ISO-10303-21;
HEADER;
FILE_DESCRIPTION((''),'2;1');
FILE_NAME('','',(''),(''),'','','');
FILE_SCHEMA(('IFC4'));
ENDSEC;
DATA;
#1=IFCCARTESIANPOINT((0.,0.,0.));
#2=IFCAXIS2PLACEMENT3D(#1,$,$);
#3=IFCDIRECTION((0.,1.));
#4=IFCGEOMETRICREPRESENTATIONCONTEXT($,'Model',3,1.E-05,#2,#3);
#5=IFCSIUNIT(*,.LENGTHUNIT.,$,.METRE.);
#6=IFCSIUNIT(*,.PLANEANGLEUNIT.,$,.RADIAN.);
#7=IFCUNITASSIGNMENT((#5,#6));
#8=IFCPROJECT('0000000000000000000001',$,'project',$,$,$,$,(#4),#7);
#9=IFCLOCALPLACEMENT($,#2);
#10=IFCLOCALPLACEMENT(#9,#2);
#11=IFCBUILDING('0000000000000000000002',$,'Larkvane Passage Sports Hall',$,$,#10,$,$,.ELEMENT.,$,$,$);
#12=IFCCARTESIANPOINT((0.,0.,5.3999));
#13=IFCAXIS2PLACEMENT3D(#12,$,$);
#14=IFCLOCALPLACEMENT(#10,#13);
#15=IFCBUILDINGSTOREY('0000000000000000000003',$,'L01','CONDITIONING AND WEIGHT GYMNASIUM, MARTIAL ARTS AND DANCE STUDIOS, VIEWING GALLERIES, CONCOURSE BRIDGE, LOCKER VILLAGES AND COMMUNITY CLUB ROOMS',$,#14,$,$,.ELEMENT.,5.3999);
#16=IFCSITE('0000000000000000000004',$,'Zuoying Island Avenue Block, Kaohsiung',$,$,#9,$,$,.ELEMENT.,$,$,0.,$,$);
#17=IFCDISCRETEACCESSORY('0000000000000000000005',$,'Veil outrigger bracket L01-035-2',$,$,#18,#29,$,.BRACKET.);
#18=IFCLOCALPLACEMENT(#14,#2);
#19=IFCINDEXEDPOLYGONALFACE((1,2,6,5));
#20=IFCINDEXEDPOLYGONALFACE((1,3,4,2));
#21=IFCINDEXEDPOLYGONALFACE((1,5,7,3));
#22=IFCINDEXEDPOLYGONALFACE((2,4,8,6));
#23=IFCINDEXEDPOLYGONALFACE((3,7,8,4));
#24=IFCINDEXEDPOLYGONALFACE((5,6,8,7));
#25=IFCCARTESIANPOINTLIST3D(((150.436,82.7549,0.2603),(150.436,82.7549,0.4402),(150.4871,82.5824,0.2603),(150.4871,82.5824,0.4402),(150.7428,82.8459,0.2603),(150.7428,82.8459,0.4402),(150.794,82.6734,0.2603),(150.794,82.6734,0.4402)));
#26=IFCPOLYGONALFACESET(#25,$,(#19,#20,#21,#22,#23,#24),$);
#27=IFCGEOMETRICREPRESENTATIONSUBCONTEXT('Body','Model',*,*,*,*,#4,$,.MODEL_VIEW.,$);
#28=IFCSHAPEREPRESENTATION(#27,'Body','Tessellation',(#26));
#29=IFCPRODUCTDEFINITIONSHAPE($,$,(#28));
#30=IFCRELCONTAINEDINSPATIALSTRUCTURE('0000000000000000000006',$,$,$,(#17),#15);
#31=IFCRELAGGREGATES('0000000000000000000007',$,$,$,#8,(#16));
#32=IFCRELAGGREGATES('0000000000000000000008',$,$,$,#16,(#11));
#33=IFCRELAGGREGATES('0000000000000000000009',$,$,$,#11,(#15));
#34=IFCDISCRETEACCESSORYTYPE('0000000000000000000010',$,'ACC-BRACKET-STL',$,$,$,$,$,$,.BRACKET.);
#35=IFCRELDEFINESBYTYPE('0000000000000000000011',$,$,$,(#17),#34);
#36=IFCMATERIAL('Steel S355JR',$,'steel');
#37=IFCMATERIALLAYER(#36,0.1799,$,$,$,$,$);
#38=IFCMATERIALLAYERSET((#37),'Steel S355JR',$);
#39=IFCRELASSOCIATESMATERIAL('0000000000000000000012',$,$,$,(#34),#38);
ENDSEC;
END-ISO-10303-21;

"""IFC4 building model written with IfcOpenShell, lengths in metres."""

from ifc_helpers import new_model, si_unit, direction, frame, origin, origin_2d, place, context, subcontext, project, spatial, rectangle, extrude, material, layer, layer_set, type_object, element, save


model = new_model("IFC4")

# Units and contexts
model_context = context("Model", 3, precision=1e-05, world=origin(), true_north=direction((0.0, 1.0)))
body_context = subcontext(model_context, "Body", "Model", "MODEL_VIEW")
ifc_project = project(units=[si_unit("LENGTHUNIT", "METRE"), si_unit("PLANEANGLEUNIT", "RADIAN")], contexts=[model_context])

# Site, building, storey
site_placement = place(None, origin())
site = spatial("IfcSite", under=ifc_project, at=site_placement, Name="Zuoying Island Avenue Block, Kaohsiung", CompositionType="ELEMENT", RefElevation=0.0)
building_placement = place(site_placement, origin())
building = spatial("IfcBuilding", under=site, at=building_placement, Name="Larkvane Passage Sports Hall", CompositionType="ELEMENT")
storey_placement = place(building_placement, frame((0.0, 0.0, 5.3999)))
storey = spatial("IfcBuildingStorey", under=building, at=storey_placement, Name="L01", Description="CONDITIONING AND WEIGHT GYMNASIUM, MARTIAL ARTS AND DANCE STUDIOS, VIEWING GALLERIES, CONCOURSE BRIDGE, LOCKER VILLAGES AND COMMUNITY CLUB ROOMS", CompositionType="ELEMENT", Elevation=5.3999)

# Discrete accessory
ifc_material_1 = material(Name="Steel S355JR", Category="steel")
ifc_layer_1 = layer(ifc_material_1, 0.1799)
ifc_layer_set_1 = layer_set([ifc_layer_1], Name="Steel S355JR")
discrete_accessory_type = type_object("IfcDiscreteAccessoryType", Name="ACC-BRACKET-STL", PredefinedType="BRACKET", material=ifc_layer_set_1)
discrete_accessory_placement = place(storey_placement, frame((150.615, 82.7141, 0.2603), z_axis=(0.0, 0.0, 1.0), x_axis=(0.284365, -0.958716, 0.0)))
element("IfcDiscreteAccessory", 1, at=discrete_accessory_placement, inside=storey, type_object=discrete_accessory_type, Name="Veil outrigger bracket L01-035-2", PredefinedType="BRACKET", context=body_context, shape_type="SweptSolid", body=[
    extrude(rectangle(XDim=0.1799, YDim=0.3201, at=origin_2d()), origin(), (0.0, 0.0, 1.0), 0.1799),
])

save(model, "model.ifc")
